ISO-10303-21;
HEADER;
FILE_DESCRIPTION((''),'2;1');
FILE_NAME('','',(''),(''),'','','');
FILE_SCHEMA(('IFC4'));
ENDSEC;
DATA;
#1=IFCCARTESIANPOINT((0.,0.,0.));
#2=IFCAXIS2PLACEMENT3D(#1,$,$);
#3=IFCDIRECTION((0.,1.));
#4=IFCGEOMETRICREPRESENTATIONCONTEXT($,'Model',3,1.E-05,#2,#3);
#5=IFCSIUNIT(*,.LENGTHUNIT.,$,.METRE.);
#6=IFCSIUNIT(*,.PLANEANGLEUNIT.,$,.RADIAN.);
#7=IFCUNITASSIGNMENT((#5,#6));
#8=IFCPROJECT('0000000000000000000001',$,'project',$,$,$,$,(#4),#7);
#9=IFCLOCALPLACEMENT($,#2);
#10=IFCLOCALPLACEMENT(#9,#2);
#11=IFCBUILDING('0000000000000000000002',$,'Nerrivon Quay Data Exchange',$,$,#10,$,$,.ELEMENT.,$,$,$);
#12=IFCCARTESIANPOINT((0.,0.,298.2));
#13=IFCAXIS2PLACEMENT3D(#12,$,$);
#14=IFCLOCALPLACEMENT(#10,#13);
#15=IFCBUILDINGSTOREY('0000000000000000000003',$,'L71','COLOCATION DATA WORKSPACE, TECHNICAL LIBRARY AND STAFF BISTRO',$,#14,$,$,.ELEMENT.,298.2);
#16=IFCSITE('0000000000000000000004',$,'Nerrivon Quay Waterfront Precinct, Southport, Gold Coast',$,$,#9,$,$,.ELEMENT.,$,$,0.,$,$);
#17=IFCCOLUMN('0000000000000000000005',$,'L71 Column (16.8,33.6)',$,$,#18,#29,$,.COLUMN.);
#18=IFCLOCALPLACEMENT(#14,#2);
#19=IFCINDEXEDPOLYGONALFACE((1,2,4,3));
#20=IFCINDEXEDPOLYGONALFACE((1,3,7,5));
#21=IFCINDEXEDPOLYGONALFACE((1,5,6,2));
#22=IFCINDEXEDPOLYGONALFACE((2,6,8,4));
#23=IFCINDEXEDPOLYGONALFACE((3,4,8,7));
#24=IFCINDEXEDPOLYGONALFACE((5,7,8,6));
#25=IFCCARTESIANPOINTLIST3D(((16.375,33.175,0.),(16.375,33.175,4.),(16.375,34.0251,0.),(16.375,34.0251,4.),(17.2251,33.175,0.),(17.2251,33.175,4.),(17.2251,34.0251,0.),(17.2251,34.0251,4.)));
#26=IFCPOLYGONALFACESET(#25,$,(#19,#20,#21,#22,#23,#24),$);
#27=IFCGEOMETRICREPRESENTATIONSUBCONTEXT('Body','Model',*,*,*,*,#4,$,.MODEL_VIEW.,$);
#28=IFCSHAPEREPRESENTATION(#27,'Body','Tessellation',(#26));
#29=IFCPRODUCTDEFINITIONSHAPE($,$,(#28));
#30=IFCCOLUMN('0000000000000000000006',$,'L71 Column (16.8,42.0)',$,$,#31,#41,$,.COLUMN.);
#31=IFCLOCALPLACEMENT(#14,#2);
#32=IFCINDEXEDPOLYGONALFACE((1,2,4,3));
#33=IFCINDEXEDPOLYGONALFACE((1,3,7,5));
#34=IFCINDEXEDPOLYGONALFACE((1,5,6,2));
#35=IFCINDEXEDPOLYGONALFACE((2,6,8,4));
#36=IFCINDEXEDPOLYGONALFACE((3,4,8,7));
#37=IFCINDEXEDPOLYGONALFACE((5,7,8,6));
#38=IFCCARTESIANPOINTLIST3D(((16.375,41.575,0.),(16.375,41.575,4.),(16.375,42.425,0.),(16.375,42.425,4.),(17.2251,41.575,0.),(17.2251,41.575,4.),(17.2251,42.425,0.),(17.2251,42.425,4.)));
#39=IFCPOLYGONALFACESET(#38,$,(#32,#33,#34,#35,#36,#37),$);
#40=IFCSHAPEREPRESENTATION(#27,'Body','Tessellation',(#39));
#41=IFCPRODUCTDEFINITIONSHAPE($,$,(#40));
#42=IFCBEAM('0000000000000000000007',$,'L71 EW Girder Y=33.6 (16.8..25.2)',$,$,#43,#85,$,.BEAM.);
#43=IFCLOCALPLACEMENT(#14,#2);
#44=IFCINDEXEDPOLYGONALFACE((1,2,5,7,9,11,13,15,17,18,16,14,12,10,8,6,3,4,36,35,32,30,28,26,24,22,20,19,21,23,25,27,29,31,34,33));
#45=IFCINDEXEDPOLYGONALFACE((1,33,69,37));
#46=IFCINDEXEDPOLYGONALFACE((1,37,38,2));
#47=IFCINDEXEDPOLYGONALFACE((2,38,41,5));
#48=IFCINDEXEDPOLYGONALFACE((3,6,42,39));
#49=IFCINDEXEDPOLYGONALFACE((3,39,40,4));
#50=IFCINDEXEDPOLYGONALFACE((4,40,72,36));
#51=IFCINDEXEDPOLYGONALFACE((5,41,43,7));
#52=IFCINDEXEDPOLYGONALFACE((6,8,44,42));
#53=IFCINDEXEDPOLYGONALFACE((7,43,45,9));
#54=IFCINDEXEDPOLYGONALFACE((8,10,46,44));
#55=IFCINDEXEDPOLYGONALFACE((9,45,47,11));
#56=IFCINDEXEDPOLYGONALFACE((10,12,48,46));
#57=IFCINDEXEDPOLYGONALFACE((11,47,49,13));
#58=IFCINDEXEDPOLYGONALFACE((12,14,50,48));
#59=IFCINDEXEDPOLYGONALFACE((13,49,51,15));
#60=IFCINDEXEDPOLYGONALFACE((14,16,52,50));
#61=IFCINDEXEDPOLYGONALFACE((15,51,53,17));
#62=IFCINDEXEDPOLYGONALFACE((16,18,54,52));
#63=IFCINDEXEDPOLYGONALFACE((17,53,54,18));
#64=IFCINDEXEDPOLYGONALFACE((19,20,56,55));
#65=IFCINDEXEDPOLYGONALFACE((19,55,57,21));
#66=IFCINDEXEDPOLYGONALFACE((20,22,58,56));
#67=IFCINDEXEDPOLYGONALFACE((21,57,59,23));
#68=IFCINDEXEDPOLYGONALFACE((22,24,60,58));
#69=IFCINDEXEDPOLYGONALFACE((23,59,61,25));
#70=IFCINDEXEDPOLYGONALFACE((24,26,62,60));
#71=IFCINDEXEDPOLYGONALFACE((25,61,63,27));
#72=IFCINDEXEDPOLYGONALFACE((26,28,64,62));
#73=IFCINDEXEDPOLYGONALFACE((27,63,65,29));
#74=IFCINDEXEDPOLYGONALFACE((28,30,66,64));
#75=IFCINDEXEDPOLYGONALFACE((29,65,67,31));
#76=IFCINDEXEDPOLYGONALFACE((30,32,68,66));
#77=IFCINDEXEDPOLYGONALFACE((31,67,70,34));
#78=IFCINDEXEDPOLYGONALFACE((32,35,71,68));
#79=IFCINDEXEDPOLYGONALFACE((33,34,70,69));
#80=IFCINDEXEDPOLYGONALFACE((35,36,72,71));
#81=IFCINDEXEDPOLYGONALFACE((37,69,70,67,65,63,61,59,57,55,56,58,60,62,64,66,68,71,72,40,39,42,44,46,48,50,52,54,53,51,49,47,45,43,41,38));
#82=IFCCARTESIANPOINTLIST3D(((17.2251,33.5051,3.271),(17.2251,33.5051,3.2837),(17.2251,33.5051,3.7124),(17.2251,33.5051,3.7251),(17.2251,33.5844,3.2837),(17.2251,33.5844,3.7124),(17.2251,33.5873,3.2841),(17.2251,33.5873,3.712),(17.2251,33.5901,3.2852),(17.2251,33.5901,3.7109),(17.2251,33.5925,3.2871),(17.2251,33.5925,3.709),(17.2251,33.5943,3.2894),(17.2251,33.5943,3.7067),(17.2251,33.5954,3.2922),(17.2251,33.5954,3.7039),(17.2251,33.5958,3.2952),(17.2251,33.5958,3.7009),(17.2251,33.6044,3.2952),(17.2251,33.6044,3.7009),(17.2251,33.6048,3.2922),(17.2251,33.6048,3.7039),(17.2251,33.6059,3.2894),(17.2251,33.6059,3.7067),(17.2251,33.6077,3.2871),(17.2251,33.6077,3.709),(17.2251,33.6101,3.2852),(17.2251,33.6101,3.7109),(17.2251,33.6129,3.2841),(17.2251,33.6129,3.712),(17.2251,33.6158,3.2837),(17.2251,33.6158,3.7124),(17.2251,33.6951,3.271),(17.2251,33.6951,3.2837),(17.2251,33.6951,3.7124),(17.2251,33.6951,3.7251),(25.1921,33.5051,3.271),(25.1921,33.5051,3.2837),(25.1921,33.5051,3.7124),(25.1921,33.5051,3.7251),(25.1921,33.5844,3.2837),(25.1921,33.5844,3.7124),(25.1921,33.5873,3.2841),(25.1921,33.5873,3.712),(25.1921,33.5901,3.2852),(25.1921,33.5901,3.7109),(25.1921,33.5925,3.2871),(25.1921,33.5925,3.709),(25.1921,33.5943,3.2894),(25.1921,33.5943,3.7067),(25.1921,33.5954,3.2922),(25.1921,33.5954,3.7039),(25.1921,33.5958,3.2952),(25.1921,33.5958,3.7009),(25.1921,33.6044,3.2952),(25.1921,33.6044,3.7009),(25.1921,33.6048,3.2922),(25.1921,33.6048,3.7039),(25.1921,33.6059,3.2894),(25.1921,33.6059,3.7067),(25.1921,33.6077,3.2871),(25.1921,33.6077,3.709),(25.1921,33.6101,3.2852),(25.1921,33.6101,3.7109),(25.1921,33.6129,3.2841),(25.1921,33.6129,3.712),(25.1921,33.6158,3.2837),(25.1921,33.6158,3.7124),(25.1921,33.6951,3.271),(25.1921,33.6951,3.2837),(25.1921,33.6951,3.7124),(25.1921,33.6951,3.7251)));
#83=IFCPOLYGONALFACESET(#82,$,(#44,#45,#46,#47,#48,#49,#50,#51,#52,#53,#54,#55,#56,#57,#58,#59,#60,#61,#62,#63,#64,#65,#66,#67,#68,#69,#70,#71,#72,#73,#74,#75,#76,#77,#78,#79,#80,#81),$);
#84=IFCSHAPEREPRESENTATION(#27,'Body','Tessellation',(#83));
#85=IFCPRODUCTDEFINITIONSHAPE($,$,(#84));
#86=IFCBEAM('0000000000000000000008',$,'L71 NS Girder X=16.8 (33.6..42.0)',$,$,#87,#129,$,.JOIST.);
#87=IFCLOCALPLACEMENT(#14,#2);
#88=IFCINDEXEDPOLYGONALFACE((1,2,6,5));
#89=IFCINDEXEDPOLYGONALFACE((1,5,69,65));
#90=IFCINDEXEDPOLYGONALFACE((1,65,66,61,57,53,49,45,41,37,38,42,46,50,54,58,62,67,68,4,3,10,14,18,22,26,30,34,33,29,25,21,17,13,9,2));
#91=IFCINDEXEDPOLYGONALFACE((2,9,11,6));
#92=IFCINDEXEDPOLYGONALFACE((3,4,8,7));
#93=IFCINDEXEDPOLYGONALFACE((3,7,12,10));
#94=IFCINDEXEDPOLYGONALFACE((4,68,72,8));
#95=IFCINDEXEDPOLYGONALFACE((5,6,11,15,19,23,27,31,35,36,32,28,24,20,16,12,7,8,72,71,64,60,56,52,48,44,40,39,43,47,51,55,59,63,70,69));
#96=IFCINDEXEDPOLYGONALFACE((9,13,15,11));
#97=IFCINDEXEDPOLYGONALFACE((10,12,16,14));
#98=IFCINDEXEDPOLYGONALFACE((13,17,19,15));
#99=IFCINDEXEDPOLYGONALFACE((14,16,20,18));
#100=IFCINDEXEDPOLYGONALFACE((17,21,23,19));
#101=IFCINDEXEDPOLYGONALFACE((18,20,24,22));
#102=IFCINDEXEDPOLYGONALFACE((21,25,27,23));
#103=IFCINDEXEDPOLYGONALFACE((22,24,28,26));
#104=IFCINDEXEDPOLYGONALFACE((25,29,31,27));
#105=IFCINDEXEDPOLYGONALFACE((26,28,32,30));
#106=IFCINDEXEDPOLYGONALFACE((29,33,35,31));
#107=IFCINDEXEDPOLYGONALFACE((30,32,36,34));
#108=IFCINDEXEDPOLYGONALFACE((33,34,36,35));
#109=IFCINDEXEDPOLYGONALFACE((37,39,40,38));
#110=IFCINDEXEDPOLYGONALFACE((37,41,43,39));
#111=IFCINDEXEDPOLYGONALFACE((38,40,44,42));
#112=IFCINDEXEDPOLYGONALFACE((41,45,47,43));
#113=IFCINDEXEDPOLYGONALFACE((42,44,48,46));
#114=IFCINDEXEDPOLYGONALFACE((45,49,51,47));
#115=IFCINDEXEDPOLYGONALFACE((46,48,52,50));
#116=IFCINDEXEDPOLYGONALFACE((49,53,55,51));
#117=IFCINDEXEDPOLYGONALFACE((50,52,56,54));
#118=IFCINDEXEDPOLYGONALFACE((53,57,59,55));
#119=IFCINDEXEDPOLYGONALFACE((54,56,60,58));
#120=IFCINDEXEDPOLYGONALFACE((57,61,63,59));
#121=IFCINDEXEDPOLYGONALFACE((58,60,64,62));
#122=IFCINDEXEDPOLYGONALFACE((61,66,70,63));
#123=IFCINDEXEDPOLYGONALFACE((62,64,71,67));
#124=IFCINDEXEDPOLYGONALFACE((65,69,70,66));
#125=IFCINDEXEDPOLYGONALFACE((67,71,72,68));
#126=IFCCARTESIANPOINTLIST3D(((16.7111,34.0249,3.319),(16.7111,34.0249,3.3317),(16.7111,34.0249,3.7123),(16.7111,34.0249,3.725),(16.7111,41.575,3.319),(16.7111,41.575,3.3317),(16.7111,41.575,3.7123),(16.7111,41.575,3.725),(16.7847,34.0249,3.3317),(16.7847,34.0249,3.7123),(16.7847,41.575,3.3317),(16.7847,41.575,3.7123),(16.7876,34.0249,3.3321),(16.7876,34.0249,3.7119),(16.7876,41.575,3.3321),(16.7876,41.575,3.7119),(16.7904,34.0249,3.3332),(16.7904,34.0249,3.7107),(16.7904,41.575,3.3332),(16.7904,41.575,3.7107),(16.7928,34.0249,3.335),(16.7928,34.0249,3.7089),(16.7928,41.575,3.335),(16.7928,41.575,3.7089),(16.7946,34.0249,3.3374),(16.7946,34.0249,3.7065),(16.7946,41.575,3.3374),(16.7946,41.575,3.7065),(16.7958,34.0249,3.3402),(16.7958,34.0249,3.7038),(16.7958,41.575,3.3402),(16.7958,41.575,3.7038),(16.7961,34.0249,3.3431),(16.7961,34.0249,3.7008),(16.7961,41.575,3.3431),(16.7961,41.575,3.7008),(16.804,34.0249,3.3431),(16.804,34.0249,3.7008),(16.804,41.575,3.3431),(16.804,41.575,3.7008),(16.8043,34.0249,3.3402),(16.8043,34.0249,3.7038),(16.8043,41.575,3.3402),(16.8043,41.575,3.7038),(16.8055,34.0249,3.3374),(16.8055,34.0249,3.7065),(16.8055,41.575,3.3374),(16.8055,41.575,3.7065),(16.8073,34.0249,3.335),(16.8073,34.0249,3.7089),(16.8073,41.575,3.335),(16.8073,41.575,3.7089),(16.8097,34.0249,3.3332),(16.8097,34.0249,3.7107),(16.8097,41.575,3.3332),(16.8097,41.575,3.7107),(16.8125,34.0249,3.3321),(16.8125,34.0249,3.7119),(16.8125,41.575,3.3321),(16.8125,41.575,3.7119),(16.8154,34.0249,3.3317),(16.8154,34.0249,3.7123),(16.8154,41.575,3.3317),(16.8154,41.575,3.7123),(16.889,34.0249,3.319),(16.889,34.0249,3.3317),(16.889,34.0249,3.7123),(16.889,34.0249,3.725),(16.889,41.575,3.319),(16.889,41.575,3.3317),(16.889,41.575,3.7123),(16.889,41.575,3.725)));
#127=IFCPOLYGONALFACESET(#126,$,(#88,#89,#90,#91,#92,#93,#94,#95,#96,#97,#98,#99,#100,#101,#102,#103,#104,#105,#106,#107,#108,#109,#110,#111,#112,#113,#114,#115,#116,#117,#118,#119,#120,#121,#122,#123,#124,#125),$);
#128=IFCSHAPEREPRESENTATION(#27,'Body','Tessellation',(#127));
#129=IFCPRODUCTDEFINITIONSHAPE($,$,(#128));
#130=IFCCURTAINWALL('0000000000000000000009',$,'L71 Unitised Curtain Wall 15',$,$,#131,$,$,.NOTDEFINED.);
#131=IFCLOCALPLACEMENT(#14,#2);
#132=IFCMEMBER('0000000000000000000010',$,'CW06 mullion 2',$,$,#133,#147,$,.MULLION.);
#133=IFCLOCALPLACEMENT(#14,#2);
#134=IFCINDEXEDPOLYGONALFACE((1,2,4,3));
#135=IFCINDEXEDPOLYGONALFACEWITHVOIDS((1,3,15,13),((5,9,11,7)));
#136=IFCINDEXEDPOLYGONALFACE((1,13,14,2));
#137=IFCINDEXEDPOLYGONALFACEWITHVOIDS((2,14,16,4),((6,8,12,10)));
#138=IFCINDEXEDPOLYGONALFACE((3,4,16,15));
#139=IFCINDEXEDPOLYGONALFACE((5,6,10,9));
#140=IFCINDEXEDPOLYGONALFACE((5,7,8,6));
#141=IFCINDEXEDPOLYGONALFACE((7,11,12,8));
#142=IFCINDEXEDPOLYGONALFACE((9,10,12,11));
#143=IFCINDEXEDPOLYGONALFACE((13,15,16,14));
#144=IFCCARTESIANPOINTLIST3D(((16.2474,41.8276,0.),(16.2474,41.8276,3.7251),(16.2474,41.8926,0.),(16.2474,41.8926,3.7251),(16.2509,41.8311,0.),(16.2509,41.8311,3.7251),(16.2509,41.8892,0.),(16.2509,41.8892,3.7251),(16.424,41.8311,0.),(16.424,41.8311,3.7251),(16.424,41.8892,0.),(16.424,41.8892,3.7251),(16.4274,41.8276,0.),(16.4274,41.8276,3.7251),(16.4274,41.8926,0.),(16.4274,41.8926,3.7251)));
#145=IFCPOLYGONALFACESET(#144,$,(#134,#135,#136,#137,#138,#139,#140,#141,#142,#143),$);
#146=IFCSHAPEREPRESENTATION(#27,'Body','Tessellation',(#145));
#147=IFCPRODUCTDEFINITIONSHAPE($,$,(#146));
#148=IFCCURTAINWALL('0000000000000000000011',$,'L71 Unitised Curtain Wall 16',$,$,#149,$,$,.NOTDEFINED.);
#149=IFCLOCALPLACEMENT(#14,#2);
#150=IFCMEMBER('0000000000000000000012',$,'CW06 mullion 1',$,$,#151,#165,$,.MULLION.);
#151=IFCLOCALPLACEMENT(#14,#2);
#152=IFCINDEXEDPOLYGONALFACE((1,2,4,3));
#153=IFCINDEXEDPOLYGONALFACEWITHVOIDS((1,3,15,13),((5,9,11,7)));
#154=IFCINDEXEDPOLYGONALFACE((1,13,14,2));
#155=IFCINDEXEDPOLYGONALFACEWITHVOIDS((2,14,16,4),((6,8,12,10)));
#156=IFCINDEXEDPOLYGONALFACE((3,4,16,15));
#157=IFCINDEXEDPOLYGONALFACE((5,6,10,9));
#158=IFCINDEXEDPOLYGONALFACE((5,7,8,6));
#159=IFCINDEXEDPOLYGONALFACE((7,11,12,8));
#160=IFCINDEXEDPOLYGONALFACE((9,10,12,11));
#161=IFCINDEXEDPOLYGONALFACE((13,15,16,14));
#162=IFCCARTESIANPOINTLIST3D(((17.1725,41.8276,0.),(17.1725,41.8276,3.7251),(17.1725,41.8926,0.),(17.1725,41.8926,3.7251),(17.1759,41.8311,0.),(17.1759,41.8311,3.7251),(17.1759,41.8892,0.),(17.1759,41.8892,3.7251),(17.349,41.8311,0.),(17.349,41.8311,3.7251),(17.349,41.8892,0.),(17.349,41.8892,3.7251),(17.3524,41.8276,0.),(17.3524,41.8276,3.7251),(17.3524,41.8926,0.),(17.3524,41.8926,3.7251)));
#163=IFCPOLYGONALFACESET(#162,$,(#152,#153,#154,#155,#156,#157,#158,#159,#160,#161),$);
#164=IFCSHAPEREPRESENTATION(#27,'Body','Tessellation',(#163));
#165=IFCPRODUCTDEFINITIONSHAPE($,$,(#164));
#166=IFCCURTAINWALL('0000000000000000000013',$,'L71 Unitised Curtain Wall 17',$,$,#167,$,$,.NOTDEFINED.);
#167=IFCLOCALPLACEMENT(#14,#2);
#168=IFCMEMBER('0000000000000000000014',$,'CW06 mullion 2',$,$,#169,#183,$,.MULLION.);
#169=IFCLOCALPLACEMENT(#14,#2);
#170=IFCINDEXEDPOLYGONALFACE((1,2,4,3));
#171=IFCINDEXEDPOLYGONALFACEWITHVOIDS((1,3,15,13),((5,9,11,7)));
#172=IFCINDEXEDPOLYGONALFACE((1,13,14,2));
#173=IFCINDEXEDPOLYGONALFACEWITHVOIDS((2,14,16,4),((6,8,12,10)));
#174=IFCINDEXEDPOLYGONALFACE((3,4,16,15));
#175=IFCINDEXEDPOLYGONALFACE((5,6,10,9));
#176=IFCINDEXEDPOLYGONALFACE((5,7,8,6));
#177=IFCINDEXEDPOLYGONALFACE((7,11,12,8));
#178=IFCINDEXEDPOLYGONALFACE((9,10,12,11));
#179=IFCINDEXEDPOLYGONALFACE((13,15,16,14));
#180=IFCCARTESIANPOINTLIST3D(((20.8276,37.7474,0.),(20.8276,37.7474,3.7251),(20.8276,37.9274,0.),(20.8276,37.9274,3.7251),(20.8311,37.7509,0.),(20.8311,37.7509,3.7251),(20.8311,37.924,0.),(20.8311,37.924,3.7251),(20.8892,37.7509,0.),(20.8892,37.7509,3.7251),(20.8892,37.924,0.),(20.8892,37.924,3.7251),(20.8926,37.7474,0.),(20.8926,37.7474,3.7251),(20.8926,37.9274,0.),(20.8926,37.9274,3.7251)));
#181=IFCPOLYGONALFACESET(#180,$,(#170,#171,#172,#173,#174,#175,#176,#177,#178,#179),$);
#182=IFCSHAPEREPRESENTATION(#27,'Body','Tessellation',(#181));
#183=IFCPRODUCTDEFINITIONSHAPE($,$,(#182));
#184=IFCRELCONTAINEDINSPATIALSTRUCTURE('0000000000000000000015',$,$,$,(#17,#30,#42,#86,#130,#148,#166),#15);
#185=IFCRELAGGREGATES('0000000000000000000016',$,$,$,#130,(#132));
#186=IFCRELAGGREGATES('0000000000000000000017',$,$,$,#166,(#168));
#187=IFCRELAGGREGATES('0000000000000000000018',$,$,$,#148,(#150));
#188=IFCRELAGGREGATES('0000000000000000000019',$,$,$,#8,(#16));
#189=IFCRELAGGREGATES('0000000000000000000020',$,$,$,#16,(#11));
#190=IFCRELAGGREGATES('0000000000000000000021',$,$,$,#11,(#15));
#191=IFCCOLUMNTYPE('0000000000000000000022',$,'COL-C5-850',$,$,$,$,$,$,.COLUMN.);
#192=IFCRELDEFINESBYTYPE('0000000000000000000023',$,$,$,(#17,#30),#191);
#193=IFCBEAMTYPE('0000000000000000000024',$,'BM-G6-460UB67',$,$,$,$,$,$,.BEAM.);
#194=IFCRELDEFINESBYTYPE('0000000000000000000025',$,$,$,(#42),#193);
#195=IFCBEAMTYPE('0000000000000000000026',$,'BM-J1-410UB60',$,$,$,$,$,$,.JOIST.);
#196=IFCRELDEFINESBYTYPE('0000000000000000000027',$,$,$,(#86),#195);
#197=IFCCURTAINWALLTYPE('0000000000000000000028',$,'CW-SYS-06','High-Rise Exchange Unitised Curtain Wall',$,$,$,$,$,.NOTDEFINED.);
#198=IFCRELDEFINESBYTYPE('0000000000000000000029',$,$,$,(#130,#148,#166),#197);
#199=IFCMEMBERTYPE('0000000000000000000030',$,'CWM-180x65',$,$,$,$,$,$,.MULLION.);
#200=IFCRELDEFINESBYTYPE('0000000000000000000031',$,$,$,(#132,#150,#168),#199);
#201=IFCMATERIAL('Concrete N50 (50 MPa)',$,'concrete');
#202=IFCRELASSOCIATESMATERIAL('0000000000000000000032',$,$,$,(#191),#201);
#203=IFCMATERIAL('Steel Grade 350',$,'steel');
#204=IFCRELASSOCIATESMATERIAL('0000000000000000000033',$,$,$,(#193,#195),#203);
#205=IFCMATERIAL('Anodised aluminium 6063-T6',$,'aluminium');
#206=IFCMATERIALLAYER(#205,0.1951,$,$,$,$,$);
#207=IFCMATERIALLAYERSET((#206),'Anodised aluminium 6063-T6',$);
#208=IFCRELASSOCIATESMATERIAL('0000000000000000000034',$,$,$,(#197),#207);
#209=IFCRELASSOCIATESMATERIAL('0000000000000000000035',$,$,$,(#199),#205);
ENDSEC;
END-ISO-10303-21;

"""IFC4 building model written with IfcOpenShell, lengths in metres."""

from ifc_helpers import new_model, si_unit, direction, frame, origin, origin_2d, place, context, subcontext, project, spatial, rectangle, hollow_rectangle, i_section, extrude, material, layer, layer_set, material_profile, profile_set, type_object, element, aggregate, save


model = new_model("IFC4")

# Units and contexts
model_context = context("Model", 3, precision=1e-05, world=origin(), true_north=direction((0.0, 1.0)))
body_context = subcontext(model_context, "Body", "Model", "MODEL_VIEW")
ifc_project = project(units=[si_unit("LENGTHUNIT", "METRE"), si_unit("PLANEANGLEUNIT", "RADIAN")], contexts=[model_context])

# Site, building, storey
site_placement = place(None, origin())
site = spatial("IfcSite", under=ifc_project, at=site_placement, Name="Nerrivon Quay Waterfront Precinct, Southport, Gold Coast", CompositionType="ELEMENT", RefElevation=0.0)
building_placement = place(site_placement, origin())
building = spatial("IfcBuilding", under=site, at=building_placement, Name="Nerrivon Quay Data Exchange", CompositionType="ELEMENT")
storey_placement = place(building_placement, frame((0.0, 0.0, 298.2)))
storey = spatial("IfcBuildingStorey", under=building, at=storey_placement, Name="L71", Description="COLOCATION DATA WORKSPACE, TECHNICAL LIBRARY AND STAFF BISTRO", CompositionType="ELEMENT", Elevation=298.2)

# Columns
ifc_material_1 = material(Name="Concrete N50 (50 MPa)", Category="concrete")
ifc_material_profile_1 = material_profile(ifc_material_1, rectangle(XDim=0.8501, YDim=0.8501, at=origin_2d()), Name="RC-COL-850x850")
ifc_profile_set_1 = profile_set([ifc_material_profile_1], Name="Concrete N50 (50 MPa)")
column_type = type_object("IfcColumnType", Name="COL-C5-850", PredefinedType="COLUMN", material=ifc_profile_set_1)
for number, where, z_axis, x_axis, name in (
    (1, (16.8, 33.6001, 0.0), (0.0, 0.0, 1.0), (1.0, 0.0, 0.0), "L71 Column (16.8,33.6)"),
    (2, (16.8, 42.0, 0.0), (0.0, 0.0, 1.0), (1.0, 0.0, 0.0), "L71 Column (16.8,42.0)"),
):
    element("IfcColumn", number, at=place(storey_placement, frame(where, z_axis=z_axis, x_axis=x_axis)), inside=storey, type_object=column_type, Name=name, PredefinedType="COLUMN", context=body_context, shape_type="SweptSolid", body=[
        extrude(rectangle(XDim=0.8501, YDim=0.8501, at=origin_2d()), origin(), (0.0, 0.0, 1.0), 4.0),
    ])

# Beams
ifc_material_2 = material(Name="Steel Grade 350", Category="steel")
ifc_material_profile_2 = material_profile(ifc_material_2, i_section(OverallWidth=0.1899, OverallDepth=0.4541, WebThickness=0.0085, FlangeThickness=0.0127, FilletRadius=0.0115, at=origin_2d()), Name="460UB67.1")
ifc_profile_set_2 = profile_set([ifc_material_profile_2], Name="Steel Grade 350")
beam_type_1 = type_object("IfcBeamType", Name="BM-G6-460UB67", PredefinedType="BEAM", material=ifc_profile_set_2)
beam_1_placement = place(storey_placement, frame((17.2251, 33.6001, 3.498), z_axis=(1.0, 0.0, 0.0), x_axis=(0.0, 1.0, 0.0)))
element("IfcBeam", 3, at=beam_1_placement, inside=storey, type_object=beam_type_1, Name="L71 EW Girder Y=33.6 (16.8..25.2)", PredefinedType="BEAM", context=body_context, shape_type="SweptSolid", body=[
    extrude(i_section(OverallWidth=0.1899, OverallDepth=0.4541, WebThickness=0.0085, FlangeThickness=0.0127, FilletRadius=0.0115, at=origin_2d()), origin(), (0.0, 0.0, 1.0), 7.967),
])
ifc_material_profile_3 = material_profile(ifc_material_2, i_section(OverallWidth=0.178, OverallDepth=0.406, WebThickness=0.0078, FlangeThickness=0.0127, FilletRadius=0.0115, at=origin_2d()), Name="410UB59.7")
ifc_profile_set_3 = profile_set([ifc_material_profile_3], Name="Steel Grade 350")
beam_type_2 = type_object("IfcBeamType", Name="BM-J1-410UB60", PredefinedType="JOIST", material=ifc_profile_set_3)
beam_2_placement = place(storey_placement, frame((16.8, 34.0249, 3.522), z_axis=(0.0, 1.0, 0.0), x_axis=(-1.0, 0.0, 0.0)))
element("IfcBeam", 4, at=beam_2_placement, inside=storey, type_object=beam_type_2, Name="L71 NS Girder X=16.8 (33.6..42.0)", PredefinedType="JOIST", context=body_context, shape_type="SweptSolid", body=[
    extrude(i_section(OverallWidth=0.178, OverallDepth=0.406, WebThickness=0.0078, FlangeThickness=0.0127, FilletRadius=0.0115, at=origin_2d()), origin(), (0.0, 0.0, 1.0), 7.55),
])

# Curtain walls, members
ifc_material_3 = material(Name="Anodised aluminium 6063-T6", Category="aluminium")
ifc_layer_1 = layer(ifc_material_3, 0.1951)
ifc_layer_set_1 = layer_set([ifc_layer_1], Name="Anodised aluminium 6063-T6")
curtain_wall_type = type_object("IfcCurtainWallType", Name="CW-SYS-06", Description="High-Rise Exchange Unitised Curtain Wall", PredefinedType="NOTDEFINED", material=ifc_layer_set_1)
curtain_wall_1_placement = place(storey_placement, origin())
curtain_wall_1 = element("IfcCurtainWall", 5, at=curtain_wall_1_placement, inside=storey, type_object=curtain_wall_type, Name="L71 Unitised Curtain Wall 15", PredefinedType="NOTDEFINED")
ifc_material_profile_4 = material_profile(ifc_material_3, hollow_rectangle(XDim=0.0649, YDim=0.1799, WallThickness=0.0034, at=origin_2d()), Name="ALU-MULL-180x65")
ifc_profile_set_4 = profile_set([ifc_material_profile_4], Name="Anodised aluminium 6063-T6")
member_type_1 = type_object("IfcMemberType", Name="CWM-180x65", PredefinedType="MULLION", material=ifc_profile_set_4)
member_1_placement = place(storey_placement, frame((16.3374, 41.8601, 0.0), z_axis=(0.0, 0.0, 1.0), x_axis=(0.0, 1.0, 0.0)))
member_1 = element("IfcMember", 6, at=member_1_placement, type_object=member_type_1, Name="CW06 mullion 2", PredefinedType="MULLION", context=body_context, shape_type="SweptSolid", body=[
    extrude(hollow_rectangle(XDim=0.0649, YDim=0.1799, WallThickness=0.0034, at=origin_2d()), origin(), (0.0, 0.0, 1.0), 3.7251),
])
aggregate(curtain_wall_1, [member_1])
curtain_wall_2_placement = place(storey_placement, origin())
curtain_wall_2 = element("IfcCurtainWall", 7, at=curtain_wall_2_placement, inside=storey, type_object=curtain_wall_type, Name="L71 Unitised Curtain Wall 16", PredefinedType="NOTDEFINED")
member_2_placement = place(storey_placement, frame((17.2625, 41.8601, 0.0), z_axis=(0.0, 0.0, 1.0), x_axis=(0.0, 1.0, 0.0)))
member_2 = element("IfcMember", 8, at=member_2_placement, type_object=member_type_1, Name="CW06 mullion 1", PredefinedType="MULLION", context=body_context, shape_type="SweptSolid", body=[
    extrude(hollow_rectangle(XDim=0.0649, YDim=0.1799, WallThickness=0.0034, at=origin_2d()), origin(), (0.0, 0.0, 1.0), 3.7251),
])
curtain_wall_3_placement = place(storey_placement, origin())
curtain_wall_3 = element("IfcCurtainWall", 9, at=curtain_wall_3_placement, inside=storey, type_object=curtain_wall_type, Name="L71 Unitised Curtain Wall 17", PredefinedType="NOTDEFINED")
member_3_placement = place(storey_placement, frame((20.8601, 37.8374, 0.0), z_axis=(0.0, 0.0, 1.0), x_axis=(1.0, 0.0, 0.0)))
member_3 = element("IfcMember", 10, at=member_3_placement, type_object=member_type_1, Name="CW06 mullion 2", PredefinedType="MULLION", context=body_context, shape_type="SweptSolid", body=[
    extrude(hollow_rectangle(XDim=0.0649, YDim=0.1799, WallThickness=0.0034, at=origin_2d()), origin(), (0.0, 0.0, 1.0), 3.7251),
])
aggregate(curtain_wall_3, [member_3])

aggregate(curtain_wall_2, [member_2])

save(model, "model.ifc")
